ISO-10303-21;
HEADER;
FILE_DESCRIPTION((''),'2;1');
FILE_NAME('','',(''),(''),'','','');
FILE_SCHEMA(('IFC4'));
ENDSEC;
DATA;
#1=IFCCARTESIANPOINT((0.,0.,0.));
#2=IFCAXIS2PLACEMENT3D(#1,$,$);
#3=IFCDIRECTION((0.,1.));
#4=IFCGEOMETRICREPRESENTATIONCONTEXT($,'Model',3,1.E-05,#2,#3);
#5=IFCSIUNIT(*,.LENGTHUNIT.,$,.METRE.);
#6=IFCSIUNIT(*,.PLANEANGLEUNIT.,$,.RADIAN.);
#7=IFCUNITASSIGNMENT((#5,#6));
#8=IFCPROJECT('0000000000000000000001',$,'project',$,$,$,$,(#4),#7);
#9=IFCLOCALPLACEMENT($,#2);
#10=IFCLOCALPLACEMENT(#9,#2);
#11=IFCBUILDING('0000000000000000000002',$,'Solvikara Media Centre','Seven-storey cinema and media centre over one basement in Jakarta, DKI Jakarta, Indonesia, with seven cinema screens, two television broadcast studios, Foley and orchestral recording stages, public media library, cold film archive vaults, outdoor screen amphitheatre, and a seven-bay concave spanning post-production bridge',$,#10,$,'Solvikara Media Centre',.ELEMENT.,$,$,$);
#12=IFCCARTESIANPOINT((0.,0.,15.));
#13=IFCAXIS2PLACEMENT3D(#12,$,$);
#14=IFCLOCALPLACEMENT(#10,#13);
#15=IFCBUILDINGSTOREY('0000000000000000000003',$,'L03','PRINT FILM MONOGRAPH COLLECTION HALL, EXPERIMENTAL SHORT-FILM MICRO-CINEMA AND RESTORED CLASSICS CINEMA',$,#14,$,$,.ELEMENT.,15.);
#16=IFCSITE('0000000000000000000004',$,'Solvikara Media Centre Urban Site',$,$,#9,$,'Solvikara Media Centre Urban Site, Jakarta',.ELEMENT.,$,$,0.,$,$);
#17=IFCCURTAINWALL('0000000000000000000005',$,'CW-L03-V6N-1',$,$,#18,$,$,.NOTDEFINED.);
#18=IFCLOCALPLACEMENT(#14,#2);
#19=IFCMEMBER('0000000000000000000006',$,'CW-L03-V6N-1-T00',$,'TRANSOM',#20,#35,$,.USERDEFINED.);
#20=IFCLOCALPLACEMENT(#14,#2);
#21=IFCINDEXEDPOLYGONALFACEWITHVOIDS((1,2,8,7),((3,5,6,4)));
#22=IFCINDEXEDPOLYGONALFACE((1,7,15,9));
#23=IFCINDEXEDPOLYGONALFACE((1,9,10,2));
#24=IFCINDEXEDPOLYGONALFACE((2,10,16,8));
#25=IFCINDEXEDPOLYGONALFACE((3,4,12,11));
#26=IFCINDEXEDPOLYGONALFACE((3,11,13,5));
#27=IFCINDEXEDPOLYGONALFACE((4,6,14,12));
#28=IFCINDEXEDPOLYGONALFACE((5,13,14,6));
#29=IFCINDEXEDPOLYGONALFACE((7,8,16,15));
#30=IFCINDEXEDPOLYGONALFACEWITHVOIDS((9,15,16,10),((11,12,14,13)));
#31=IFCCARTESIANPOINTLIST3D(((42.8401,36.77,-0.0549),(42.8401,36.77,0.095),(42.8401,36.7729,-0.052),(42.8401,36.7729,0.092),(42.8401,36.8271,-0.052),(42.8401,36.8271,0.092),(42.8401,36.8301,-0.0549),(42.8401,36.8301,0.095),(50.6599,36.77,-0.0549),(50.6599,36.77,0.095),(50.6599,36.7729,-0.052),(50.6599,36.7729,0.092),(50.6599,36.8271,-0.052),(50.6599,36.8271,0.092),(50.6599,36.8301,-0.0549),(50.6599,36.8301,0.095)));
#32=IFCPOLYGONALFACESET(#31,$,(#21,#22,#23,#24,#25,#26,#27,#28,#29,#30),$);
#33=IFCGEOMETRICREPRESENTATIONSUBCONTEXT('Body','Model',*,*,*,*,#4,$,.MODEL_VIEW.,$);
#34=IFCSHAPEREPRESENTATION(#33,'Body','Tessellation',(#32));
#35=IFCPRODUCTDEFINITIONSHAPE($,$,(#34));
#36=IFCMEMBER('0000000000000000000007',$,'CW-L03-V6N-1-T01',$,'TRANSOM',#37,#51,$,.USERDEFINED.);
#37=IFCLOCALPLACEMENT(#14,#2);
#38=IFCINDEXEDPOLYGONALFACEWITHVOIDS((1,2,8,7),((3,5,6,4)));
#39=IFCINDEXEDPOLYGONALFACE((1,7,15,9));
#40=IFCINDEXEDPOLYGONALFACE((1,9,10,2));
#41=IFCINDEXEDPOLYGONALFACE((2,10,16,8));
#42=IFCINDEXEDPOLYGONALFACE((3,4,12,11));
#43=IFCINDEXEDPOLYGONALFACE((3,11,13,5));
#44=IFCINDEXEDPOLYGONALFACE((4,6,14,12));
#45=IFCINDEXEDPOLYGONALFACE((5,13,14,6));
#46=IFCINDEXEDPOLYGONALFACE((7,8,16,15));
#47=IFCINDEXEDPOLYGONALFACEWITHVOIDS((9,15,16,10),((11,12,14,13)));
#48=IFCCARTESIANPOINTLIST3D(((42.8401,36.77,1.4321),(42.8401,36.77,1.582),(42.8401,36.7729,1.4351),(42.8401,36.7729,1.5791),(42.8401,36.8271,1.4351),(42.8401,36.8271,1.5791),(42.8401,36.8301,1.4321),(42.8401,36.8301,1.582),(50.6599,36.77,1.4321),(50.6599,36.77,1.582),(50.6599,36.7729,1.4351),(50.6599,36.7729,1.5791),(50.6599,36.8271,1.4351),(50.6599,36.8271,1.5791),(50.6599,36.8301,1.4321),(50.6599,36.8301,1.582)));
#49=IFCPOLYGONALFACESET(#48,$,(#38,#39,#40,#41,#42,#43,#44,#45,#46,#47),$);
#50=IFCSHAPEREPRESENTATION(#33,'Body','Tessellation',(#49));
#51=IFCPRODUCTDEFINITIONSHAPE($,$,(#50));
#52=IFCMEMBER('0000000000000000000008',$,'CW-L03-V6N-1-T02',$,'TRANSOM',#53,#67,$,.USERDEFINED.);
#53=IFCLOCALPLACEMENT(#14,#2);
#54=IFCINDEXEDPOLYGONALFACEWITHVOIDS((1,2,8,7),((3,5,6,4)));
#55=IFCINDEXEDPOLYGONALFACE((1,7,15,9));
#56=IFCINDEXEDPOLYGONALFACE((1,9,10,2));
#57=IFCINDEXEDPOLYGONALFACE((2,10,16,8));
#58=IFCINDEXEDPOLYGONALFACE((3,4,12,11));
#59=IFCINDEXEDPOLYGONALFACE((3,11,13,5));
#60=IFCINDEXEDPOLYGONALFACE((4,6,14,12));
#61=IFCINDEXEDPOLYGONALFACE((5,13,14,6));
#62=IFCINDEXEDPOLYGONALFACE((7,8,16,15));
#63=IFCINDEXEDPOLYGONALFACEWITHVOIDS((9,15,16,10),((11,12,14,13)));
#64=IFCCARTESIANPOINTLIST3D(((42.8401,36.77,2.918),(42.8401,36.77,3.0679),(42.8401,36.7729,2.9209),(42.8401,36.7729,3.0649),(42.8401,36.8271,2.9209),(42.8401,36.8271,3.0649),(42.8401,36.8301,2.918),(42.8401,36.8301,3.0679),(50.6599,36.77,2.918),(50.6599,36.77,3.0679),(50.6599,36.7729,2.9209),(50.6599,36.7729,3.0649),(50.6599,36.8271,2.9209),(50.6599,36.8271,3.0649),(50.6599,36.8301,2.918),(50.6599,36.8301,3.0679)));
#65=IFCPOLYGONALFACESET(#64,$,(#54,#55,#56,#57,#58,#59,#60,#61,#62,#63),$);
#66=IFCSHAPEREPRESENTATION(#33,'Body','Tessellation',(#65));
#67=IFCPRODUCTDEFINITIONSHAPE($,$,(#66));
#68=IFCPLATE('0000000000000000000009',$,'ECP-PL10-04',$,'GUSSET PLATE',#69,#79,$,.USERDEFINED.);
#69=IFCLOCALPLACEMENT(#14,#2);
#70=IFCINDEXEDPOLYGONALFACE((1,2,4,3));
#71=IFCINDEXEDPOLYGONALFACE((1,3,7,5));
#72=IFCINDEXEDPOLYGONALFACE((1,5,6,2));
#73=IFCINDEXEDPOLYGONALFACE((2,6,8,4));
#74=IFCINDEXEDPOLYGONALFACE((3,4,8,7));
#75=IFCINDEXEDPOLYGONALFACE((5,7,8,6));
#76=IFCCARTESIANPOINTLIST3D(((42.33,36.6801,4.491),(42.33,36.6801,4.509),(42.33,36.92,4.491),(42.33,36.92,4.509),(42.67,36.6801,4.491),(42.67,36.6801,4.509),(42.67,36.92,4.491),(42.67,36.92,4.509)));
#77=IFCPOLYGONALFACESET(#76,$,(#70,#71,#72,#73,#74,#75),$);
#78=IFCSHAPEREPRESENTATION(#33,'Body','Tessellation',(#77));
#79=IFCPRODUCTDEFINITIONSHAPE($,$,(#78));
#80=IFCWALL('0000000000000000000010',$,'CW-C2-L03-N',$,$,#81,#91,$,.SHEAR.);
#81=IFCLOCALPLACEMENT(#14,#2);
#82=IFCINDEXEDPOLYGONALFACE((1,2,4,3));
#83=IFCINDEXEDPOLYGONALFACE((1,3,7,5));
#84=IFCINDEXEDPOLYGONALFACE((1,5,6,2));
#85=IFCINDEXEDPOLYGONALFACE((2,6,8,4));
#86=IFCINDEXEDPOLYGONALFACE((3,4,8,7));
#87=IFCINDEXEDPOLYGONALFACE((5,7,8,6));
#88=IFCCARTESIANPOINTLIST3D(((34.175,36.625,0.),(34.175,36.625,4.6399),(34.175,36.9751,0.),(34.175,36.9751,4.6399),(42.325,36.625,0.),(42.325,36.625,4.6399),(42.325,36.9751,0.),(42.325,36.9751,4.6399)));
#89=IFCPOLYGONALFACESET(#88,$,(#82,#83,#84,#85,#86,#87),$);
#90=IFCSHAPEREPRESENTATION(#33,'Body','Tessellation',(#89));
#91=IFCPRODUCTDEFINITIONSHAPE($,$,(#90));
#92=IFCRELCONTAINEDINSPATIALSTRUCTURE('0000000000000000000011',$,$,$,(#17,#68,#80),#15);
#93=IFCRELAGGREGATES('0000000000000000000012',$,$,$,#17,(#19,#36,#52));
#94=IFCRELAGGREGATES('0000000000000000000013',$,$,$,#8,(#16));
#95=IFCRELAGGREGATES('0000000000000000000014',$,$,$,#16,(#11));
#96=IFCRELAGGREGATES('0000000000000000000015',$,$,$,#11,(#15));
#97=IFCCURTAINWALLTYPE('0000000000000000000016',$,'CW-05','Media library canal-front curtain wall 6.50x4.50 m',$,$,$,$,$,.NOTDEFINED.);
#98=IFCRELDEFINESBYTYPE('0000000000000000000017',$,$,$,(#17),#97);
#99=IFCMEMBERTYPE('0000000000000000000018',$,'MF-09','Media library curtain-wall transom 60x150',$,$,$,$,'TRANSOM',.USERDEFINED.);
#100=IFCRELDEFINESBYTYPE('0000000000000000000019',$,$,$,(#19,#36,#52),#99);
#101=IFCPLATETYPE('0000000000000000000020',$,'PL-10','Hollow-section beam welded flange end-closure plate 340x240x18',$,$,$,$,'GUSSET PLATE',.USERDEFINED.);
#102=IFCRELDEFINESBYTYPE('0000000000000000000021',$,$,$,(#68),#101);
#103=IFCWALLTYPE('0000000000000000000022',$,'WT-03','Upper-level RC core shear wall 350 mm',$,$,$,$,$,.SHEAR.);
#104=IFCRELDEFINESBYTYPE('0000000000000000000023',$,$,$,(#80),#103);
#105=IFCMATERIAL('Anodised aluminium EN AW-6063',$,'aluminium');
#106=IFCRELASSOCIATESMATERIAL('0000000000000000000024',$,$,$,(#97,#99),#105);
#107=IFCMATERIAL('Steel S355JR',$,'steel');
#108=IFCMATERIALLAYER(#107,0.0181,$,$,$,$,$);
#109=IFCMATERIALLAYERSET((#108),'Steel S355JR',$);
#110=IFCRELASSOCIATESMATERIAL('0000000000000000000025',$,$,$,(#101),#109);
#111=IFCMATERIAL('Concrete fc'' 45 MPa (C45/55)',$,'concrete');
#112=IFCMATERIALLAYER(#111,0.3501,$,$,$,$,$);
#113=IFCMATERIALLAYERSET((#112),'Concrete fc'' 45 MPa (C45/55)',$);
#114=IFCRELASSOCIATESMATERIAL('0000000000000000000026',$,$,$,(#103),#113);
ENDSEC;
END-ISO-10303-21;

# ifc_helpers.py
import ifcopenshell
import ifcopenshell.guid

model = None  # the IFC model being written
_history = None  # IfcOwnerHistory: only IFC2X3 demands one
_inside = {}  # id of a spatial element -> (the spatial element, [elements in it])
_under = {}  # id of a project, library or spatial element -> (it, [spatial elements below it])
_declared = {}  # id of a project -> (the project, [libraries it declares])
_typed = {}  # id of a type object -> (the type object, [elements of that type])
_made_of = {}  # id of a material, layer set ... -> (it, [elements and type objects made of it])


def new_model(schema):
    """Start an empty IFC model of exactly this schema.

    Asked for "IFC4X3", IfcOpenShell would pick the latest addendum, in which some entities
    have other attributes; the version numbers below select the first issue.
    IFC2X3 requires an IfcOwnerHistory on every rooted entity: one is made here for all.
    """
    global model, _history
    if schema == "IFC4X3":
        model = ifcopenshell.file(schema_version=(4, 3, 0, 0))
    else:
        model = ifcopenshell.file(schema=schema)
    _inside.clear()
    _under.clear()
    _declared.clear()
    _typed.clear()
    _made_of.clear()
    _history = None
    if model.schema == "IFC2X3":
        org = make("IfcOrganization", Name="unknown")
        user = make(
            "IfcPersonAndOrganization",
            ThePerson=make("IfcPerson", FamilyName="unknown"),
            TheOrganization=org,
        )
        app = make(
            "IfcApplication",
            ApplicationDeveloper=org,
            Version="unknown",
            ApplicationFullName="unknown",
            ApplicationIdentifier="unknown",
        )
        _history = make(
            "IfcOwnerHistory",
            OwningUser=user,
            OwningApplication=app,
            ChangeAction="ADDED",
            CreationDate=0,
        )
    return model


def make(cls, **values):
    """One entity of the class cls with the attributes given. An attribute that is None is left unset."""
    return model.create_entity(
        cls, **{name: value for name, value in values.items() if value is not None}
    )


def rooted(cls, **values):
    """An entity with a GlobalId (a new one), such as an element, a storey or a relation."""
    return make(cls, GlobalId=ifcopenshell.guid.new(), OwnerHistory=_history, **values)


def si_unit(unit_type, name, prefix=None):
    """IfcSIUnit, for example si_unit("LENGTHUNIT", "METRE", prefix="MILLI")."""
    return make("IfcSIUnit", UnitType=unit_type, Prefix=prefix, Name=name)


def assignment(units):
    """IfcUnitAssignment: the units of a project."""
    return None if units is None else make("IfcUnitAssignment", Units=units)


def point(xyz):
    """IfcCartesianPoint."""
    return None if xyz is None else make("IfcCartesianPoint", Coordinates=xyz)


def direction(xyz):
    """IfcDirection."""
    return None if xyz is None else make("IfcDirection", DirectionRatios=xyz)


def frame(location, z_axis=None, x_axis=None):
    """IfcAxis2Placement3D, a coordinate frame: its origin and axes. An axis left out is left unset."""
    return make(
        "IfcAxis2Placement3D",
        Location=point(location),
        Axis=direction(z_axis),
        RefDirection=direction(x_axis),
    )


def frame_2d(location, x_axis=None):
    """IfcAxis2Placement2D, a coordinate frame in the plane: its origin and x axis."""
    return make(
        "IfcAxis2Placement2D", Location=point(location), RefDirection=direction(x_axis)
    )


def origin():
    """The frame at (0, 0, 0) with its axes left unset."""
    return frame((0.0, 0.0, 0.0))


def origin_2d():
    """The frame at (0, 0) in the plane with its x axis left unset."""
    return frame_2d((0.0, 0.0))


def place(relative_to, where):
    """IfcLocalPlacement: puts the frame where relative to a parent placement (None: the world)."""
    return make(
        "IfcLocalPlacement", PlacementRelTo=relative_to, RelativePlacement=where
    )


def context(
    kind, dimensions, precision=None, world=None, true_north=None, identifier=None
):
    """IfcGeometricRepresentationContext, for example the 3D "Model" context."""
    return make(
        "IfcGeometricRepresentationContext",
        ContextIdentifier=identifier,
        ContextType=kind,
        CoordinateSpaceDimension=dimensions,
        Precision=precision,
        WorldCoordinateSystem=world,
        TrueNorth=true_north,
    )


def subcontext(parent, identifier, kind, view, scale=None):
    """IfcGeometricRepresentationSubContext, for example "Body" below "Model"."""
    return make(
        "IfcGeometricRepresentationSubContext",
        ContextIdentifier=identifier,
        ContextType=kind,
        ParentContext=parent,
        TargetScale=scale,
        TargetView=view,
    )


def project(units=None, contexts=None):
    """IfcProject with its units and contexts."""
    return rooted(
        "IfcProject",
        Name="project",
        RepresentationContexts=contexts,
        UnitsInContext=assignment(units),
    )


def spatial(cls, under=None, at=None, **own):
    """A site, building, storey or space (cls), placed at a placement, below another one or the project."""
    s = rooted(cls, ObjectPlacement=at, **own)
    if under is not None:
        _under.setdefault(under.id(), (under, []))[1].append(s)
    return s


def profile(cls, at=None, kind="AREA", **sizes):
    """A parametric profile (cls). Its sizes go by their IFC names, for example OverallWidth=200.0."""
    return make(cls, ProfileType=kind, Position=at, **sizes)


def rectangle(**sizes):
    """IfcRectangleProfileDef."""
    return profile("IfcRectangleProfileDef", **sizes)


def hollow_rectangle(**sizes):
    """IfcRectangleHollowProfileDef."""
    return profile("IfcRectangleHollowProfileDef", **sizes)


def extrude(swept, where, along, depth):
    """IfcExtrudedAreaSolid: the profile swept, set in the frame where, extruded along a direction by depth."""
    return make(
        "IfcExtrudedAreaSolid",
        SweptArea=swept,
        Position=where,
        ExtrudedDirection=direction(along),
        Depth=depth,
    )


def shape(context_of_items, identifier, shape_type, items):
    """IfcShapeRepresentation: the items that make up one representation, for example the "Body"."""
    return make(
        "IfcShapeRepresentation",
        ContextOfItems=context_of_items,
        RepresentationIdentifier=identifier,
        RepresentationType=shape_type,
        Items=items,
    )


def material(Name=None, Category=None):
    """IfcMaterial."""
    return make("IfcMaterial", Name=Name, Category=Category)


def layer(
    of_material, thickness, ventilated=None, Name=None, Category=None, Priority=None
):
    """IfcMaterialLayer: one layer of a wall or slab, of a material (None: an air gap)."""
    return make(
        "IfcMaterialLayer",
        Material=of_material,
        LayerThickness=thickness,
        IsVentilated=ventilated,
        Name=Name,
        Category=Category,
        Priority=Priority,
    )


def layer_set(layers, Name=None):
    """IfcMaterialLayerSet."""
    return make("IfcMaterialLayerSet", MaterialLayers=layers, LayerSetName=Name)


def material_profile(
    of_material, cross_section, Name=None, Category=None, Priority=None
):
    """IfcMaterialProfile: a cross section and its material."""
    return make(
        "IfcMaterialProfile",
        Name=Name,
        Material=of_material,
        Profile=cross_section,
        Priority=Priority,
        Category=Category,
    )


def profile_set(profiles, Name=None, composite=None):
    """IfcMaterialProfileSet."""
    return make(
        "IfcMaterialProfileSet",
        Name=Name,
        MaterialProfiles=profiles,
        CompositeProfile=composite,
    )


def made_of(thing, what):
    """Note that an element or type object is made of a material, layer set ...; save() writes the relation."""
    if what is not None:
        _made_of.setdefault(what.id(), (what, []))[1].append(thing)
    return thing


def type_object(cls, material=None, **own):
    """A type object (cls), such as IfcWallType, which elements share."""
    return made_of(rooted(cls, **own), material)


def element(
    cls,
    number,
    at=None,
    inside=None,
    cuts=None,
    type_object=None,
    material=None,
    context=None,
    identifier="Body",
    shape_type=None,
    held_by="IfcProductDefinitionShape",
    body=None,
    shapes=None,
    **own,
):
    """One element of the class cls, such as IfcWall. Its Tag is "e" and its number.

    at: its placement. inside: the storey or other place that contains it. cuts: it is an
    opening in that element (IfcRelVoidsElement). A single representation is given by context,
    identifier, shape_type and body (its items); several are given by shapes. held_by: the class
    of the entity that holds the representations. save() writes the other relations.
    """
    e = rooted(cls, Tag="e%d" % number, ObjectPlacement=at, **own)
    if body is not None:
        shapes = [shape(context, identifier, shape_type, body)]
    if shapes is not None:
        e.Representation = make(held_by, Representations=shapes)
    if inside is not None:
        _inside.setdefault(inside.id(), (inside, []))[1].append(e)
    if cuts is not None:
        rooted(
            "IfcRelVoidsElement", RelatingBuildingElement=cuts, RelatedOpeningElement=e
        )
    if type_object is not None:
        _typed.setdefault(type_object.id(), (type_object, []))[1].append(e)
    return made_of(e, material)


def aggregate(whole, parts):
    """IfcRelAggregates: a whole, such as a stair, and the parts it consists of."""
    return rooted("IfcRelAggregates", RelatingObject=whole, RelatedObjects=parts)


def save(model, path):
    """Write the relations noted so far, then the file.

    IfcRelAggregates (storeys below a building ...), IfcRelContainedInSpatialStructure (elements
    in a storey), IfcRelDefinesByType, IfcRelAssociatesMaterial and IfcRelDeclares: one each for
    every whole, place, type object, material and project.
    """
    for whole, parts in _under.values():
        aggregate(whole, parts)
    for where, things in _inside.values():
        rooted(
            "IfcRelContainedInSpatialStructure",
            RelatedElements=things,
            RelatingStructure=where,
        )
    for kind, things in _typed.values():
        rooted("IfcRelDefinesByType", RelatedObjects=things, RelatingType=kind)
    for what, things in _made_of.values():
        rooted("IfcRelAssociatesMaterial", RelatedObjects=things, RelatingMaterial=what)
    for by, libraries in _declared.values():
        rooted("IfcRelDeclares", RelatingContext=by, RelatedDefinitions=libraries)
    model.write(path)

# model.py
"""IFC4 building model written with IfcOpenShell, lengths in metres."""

from ifc_helpers import new_model, si_unit, direction, frame, frame_2d, origin, origin_2d, place, context, subcontext, project, spatial, rectangle, hollow_rectangle, extrude, material, layer, layer_set, material_profile, profile_set, type_object, element, aggregate, save


model = new_model("IFC4")

# Units and contexts
model_context = context("Model", 3, precision=1e-05, world=origin(), true_north=direction((0.0, 1.0)))
body_context = subcontext(model_context, "Body", "Model", "MODEL_VIEW")
ifc_project = project(units=[si_unit("LENGTHUNIT", "METRE"), si_unit("PLANEANGLEUNIT", "RADIAN")], contexts=[model_context])

# Site, building, storey
site_placement = place(None, origin())
site = spatial("IfcSite", under=ifc_project, at=site_placement, Name="Solvikara Media Centre Urban Site", LongName="Solvikara Media Centre Urban Site, Jakarta", CompositionType="ELEMENT", RefElevation=0.0)
building_placement = place(site_placement, origin())
building = spatial("IfcBuilding", under=site, at=building_placement, Name="Solvikara Media Centre", Description="Seven-storey cinema and media centre over one basement in Jakarta, DKI Jakarta, Indonesia, with seven cinema screens, two television broadcast studios, Foley and orchestral recording stages, public media library, cold film archive vaults, outdoor screen amphitheatre, and a seven-bay concave spanning post-production bridge", LongName="Solvikara Media Centre", CompositionType="ELEMENT")
storey_placement = place(building_placement, frame((0.0, 0.0, 15.0)))
storey = spatial("IfcBuildingStorey", under=building, at=storey_placement, Name="L03", Description="PRINT FILM MONOGRAPH COLLECTION HALL, EXPERIMENTAL SHORT-FILM MICRO-CINEMA AND RESTORED CLASSICS CINEMA", CompositionType="ELEMENT", Elevation=15.0)

# Shared definitions
ifc_material_1 = material(Name="Concrete fc' 45 MPa (C45/55)", Category="concrete")

# Shared definitions
ifc_material_2 = material(Name="Steel S355JR", Category="steel")

# Curtain wall, members
ifc_material_3 = material(Name="Anodised aluminium EN AW-6063", Category="aluminium")
curtain_wall_type = type_object("IfcCurtainWallType", Name="CW-05", Description="Media library canal-front curtain wall 6.50x4.50 m", PredefinedType="NOTDEFINED", material=ifc_material_3)
curtain_wall_placement = place(storey_placement, origin())
curtain_wall = element("IfcCurtainWall", 1, at=curtain_wall_placement, inside=storey, type_object=curtain_wall_type, Name="CW-L03-V6N-1", PredefinedType="NOTDEFINED")
ifc_material_profile_1 = material_profile(ifc_material_3, hollow_rectangle(XDim=0.0601, YDim=0.1499, WallThickness=0.0029, at=origin_2d()), Name="ALU-T 60x150x3")
ifc_profile_set_1 = profile_set([ifc_material_profile_1], Name="Anodised aluminium EN AW-6063")
member_type_1 = type_object("IfcMemberType", Name="MF-09", Description="Media library curtain-wall transom 60x150", ElementType="TRANSOM", PredefinedType="USERDEFINED", material=ifc_profile_set_1)
member_1_placement = place(storey_placement, frame((42.8401, 36.8, 0.02), z_axis=(1.0, 0.0, 0.0), x_axis=(0.0, 1.0, 0.0)))
member_1 = element("IfcMember", 2, at=member_1_placement, type_object=member_type_1, Name="CW-L03-V6N-1-T00", ObjectType="TRANSOM", PredefinedType="USERDEFINED", context=body_context, shape_type="SweptSolid", body=[
    extrude(hollow_rectangle(XDim=0.0601, YDim=0.1499, WallThickness=0.0029, at=origin_2d()), origin(), (0.0, 0.0, 1.0), 7.8198),
])
member_2_placement = place(storey_placement, frame((42.8401, 36.8, 1.5071), z_axis=(1.0, 0.0, 0.0), x_axis=(0.0, 1.0, 0.0)))
member_2 = element("IfcMember", 3, at=member_2_placement, type_object=member_type_1, Name="CW-L03-V6N-1-T01", ObjectType="TRANSOM", PredefinedType="USERDEFINED", context=body_context, shape_type="SweptSolid", body=[
    extrude(hollow_rectangle(XDim=0.0601, YDim=0.1499, WallThickness=0.0029, at=origin_2d()), origin(), (0.0, 0.0, 1.0), 7.8198),
])
member_3_placement = place(storey_placement, frame((42.8401, 36.8, 2.9929), z_axis=(1.0, 0.0, 0.0), x_axis=(0.0, 1.0, 0.0)))
member_3 = element("IfcMember", 4, at=member_3_placement, type_object=member_type_1, Name="CW-L03-V6N-1-T02", ObjectType="TRANSOM", PredefinedType="USERDEFINED", context=body_context, shape_type="SweptSolid", body=[
    extrude(hollow_rectangle(XDim=0.0601, YDim=0.1499, WallThickness=0.0029, at=origin_2d()), origin(), (0.0, 0.0, 1.0), 7.8198),
])
aggregate(curtain_wall, [member_1, member_2, member_3])

# Plate
ifc_layer_1 = layer(ifc_material_2, 0.0181)
ifc_layer_set_1 = layer_set([ifc_layer_1], Name="Steel S355JR")
plate_type = type_object("IfcPlateType", Name="PL-10", Description="Hollow-section beam welded flange end-closure plate 340x240x18", ElementType="GUSSET PLATE", PredefinedType="USERDEFINED", material=ifc_layer_set_1)
plate_placement = place(storey_placement, frame((42.5, 36.8, 4.491), z_axis=(0.0, 0.0, 1.0), x_axis=(1.0, 0.0, 0.0)))
element("IfcPlate", 5, at=plate_placement, inside=storey, type_object=plate_type, Name="ECP-PL10-04", ObjectType="GUSSET PLATE", PredefinedType="USERDEFINED", context=body_context, shape_type="SweptSolid", body=[
    extrude(rectangle(XDim=0.3401, YDim=0.24, at=origin_2d()), origin(), (0.0, 0.0, 1.0), 0.0181),
])

# Wall
ifc_layer_2 = layer(ifc_material_1, 0.3501)
ifc_layer_set_2 = layer_set([ifc_layer_2], Name="Concrete fc' 45 MPa (C45/55)")
wall_type = type_object("IfcWallType", Name="WT-03", Description="Upper-level RC core shear wall 350 mm", PredefinedType="SHEAR", material=ifc_layer_set_2)
wall_placement = place(storey_placement, frame((34.175, 36.8, 0.0), z_axis=(0.0, 0.0, 1.0), x_axis=(1.0, 0.0, 0.0)))
element("IfcWall", 6, at=wall_placement, inside=storey, type_object=wall_type, Name="CW-C2-L03-N", PredefinedType="SHEAR", context=body_context, shape_type="SweptSolid", body=[
    extrude(rectangle(XDim=8.1499, YDim=0.3501, at=frame_2d((4.075, 0.0))), origin(), (0.0, 0.0, 1.0), 4.6399),
])

save(model, "model.ifc")
